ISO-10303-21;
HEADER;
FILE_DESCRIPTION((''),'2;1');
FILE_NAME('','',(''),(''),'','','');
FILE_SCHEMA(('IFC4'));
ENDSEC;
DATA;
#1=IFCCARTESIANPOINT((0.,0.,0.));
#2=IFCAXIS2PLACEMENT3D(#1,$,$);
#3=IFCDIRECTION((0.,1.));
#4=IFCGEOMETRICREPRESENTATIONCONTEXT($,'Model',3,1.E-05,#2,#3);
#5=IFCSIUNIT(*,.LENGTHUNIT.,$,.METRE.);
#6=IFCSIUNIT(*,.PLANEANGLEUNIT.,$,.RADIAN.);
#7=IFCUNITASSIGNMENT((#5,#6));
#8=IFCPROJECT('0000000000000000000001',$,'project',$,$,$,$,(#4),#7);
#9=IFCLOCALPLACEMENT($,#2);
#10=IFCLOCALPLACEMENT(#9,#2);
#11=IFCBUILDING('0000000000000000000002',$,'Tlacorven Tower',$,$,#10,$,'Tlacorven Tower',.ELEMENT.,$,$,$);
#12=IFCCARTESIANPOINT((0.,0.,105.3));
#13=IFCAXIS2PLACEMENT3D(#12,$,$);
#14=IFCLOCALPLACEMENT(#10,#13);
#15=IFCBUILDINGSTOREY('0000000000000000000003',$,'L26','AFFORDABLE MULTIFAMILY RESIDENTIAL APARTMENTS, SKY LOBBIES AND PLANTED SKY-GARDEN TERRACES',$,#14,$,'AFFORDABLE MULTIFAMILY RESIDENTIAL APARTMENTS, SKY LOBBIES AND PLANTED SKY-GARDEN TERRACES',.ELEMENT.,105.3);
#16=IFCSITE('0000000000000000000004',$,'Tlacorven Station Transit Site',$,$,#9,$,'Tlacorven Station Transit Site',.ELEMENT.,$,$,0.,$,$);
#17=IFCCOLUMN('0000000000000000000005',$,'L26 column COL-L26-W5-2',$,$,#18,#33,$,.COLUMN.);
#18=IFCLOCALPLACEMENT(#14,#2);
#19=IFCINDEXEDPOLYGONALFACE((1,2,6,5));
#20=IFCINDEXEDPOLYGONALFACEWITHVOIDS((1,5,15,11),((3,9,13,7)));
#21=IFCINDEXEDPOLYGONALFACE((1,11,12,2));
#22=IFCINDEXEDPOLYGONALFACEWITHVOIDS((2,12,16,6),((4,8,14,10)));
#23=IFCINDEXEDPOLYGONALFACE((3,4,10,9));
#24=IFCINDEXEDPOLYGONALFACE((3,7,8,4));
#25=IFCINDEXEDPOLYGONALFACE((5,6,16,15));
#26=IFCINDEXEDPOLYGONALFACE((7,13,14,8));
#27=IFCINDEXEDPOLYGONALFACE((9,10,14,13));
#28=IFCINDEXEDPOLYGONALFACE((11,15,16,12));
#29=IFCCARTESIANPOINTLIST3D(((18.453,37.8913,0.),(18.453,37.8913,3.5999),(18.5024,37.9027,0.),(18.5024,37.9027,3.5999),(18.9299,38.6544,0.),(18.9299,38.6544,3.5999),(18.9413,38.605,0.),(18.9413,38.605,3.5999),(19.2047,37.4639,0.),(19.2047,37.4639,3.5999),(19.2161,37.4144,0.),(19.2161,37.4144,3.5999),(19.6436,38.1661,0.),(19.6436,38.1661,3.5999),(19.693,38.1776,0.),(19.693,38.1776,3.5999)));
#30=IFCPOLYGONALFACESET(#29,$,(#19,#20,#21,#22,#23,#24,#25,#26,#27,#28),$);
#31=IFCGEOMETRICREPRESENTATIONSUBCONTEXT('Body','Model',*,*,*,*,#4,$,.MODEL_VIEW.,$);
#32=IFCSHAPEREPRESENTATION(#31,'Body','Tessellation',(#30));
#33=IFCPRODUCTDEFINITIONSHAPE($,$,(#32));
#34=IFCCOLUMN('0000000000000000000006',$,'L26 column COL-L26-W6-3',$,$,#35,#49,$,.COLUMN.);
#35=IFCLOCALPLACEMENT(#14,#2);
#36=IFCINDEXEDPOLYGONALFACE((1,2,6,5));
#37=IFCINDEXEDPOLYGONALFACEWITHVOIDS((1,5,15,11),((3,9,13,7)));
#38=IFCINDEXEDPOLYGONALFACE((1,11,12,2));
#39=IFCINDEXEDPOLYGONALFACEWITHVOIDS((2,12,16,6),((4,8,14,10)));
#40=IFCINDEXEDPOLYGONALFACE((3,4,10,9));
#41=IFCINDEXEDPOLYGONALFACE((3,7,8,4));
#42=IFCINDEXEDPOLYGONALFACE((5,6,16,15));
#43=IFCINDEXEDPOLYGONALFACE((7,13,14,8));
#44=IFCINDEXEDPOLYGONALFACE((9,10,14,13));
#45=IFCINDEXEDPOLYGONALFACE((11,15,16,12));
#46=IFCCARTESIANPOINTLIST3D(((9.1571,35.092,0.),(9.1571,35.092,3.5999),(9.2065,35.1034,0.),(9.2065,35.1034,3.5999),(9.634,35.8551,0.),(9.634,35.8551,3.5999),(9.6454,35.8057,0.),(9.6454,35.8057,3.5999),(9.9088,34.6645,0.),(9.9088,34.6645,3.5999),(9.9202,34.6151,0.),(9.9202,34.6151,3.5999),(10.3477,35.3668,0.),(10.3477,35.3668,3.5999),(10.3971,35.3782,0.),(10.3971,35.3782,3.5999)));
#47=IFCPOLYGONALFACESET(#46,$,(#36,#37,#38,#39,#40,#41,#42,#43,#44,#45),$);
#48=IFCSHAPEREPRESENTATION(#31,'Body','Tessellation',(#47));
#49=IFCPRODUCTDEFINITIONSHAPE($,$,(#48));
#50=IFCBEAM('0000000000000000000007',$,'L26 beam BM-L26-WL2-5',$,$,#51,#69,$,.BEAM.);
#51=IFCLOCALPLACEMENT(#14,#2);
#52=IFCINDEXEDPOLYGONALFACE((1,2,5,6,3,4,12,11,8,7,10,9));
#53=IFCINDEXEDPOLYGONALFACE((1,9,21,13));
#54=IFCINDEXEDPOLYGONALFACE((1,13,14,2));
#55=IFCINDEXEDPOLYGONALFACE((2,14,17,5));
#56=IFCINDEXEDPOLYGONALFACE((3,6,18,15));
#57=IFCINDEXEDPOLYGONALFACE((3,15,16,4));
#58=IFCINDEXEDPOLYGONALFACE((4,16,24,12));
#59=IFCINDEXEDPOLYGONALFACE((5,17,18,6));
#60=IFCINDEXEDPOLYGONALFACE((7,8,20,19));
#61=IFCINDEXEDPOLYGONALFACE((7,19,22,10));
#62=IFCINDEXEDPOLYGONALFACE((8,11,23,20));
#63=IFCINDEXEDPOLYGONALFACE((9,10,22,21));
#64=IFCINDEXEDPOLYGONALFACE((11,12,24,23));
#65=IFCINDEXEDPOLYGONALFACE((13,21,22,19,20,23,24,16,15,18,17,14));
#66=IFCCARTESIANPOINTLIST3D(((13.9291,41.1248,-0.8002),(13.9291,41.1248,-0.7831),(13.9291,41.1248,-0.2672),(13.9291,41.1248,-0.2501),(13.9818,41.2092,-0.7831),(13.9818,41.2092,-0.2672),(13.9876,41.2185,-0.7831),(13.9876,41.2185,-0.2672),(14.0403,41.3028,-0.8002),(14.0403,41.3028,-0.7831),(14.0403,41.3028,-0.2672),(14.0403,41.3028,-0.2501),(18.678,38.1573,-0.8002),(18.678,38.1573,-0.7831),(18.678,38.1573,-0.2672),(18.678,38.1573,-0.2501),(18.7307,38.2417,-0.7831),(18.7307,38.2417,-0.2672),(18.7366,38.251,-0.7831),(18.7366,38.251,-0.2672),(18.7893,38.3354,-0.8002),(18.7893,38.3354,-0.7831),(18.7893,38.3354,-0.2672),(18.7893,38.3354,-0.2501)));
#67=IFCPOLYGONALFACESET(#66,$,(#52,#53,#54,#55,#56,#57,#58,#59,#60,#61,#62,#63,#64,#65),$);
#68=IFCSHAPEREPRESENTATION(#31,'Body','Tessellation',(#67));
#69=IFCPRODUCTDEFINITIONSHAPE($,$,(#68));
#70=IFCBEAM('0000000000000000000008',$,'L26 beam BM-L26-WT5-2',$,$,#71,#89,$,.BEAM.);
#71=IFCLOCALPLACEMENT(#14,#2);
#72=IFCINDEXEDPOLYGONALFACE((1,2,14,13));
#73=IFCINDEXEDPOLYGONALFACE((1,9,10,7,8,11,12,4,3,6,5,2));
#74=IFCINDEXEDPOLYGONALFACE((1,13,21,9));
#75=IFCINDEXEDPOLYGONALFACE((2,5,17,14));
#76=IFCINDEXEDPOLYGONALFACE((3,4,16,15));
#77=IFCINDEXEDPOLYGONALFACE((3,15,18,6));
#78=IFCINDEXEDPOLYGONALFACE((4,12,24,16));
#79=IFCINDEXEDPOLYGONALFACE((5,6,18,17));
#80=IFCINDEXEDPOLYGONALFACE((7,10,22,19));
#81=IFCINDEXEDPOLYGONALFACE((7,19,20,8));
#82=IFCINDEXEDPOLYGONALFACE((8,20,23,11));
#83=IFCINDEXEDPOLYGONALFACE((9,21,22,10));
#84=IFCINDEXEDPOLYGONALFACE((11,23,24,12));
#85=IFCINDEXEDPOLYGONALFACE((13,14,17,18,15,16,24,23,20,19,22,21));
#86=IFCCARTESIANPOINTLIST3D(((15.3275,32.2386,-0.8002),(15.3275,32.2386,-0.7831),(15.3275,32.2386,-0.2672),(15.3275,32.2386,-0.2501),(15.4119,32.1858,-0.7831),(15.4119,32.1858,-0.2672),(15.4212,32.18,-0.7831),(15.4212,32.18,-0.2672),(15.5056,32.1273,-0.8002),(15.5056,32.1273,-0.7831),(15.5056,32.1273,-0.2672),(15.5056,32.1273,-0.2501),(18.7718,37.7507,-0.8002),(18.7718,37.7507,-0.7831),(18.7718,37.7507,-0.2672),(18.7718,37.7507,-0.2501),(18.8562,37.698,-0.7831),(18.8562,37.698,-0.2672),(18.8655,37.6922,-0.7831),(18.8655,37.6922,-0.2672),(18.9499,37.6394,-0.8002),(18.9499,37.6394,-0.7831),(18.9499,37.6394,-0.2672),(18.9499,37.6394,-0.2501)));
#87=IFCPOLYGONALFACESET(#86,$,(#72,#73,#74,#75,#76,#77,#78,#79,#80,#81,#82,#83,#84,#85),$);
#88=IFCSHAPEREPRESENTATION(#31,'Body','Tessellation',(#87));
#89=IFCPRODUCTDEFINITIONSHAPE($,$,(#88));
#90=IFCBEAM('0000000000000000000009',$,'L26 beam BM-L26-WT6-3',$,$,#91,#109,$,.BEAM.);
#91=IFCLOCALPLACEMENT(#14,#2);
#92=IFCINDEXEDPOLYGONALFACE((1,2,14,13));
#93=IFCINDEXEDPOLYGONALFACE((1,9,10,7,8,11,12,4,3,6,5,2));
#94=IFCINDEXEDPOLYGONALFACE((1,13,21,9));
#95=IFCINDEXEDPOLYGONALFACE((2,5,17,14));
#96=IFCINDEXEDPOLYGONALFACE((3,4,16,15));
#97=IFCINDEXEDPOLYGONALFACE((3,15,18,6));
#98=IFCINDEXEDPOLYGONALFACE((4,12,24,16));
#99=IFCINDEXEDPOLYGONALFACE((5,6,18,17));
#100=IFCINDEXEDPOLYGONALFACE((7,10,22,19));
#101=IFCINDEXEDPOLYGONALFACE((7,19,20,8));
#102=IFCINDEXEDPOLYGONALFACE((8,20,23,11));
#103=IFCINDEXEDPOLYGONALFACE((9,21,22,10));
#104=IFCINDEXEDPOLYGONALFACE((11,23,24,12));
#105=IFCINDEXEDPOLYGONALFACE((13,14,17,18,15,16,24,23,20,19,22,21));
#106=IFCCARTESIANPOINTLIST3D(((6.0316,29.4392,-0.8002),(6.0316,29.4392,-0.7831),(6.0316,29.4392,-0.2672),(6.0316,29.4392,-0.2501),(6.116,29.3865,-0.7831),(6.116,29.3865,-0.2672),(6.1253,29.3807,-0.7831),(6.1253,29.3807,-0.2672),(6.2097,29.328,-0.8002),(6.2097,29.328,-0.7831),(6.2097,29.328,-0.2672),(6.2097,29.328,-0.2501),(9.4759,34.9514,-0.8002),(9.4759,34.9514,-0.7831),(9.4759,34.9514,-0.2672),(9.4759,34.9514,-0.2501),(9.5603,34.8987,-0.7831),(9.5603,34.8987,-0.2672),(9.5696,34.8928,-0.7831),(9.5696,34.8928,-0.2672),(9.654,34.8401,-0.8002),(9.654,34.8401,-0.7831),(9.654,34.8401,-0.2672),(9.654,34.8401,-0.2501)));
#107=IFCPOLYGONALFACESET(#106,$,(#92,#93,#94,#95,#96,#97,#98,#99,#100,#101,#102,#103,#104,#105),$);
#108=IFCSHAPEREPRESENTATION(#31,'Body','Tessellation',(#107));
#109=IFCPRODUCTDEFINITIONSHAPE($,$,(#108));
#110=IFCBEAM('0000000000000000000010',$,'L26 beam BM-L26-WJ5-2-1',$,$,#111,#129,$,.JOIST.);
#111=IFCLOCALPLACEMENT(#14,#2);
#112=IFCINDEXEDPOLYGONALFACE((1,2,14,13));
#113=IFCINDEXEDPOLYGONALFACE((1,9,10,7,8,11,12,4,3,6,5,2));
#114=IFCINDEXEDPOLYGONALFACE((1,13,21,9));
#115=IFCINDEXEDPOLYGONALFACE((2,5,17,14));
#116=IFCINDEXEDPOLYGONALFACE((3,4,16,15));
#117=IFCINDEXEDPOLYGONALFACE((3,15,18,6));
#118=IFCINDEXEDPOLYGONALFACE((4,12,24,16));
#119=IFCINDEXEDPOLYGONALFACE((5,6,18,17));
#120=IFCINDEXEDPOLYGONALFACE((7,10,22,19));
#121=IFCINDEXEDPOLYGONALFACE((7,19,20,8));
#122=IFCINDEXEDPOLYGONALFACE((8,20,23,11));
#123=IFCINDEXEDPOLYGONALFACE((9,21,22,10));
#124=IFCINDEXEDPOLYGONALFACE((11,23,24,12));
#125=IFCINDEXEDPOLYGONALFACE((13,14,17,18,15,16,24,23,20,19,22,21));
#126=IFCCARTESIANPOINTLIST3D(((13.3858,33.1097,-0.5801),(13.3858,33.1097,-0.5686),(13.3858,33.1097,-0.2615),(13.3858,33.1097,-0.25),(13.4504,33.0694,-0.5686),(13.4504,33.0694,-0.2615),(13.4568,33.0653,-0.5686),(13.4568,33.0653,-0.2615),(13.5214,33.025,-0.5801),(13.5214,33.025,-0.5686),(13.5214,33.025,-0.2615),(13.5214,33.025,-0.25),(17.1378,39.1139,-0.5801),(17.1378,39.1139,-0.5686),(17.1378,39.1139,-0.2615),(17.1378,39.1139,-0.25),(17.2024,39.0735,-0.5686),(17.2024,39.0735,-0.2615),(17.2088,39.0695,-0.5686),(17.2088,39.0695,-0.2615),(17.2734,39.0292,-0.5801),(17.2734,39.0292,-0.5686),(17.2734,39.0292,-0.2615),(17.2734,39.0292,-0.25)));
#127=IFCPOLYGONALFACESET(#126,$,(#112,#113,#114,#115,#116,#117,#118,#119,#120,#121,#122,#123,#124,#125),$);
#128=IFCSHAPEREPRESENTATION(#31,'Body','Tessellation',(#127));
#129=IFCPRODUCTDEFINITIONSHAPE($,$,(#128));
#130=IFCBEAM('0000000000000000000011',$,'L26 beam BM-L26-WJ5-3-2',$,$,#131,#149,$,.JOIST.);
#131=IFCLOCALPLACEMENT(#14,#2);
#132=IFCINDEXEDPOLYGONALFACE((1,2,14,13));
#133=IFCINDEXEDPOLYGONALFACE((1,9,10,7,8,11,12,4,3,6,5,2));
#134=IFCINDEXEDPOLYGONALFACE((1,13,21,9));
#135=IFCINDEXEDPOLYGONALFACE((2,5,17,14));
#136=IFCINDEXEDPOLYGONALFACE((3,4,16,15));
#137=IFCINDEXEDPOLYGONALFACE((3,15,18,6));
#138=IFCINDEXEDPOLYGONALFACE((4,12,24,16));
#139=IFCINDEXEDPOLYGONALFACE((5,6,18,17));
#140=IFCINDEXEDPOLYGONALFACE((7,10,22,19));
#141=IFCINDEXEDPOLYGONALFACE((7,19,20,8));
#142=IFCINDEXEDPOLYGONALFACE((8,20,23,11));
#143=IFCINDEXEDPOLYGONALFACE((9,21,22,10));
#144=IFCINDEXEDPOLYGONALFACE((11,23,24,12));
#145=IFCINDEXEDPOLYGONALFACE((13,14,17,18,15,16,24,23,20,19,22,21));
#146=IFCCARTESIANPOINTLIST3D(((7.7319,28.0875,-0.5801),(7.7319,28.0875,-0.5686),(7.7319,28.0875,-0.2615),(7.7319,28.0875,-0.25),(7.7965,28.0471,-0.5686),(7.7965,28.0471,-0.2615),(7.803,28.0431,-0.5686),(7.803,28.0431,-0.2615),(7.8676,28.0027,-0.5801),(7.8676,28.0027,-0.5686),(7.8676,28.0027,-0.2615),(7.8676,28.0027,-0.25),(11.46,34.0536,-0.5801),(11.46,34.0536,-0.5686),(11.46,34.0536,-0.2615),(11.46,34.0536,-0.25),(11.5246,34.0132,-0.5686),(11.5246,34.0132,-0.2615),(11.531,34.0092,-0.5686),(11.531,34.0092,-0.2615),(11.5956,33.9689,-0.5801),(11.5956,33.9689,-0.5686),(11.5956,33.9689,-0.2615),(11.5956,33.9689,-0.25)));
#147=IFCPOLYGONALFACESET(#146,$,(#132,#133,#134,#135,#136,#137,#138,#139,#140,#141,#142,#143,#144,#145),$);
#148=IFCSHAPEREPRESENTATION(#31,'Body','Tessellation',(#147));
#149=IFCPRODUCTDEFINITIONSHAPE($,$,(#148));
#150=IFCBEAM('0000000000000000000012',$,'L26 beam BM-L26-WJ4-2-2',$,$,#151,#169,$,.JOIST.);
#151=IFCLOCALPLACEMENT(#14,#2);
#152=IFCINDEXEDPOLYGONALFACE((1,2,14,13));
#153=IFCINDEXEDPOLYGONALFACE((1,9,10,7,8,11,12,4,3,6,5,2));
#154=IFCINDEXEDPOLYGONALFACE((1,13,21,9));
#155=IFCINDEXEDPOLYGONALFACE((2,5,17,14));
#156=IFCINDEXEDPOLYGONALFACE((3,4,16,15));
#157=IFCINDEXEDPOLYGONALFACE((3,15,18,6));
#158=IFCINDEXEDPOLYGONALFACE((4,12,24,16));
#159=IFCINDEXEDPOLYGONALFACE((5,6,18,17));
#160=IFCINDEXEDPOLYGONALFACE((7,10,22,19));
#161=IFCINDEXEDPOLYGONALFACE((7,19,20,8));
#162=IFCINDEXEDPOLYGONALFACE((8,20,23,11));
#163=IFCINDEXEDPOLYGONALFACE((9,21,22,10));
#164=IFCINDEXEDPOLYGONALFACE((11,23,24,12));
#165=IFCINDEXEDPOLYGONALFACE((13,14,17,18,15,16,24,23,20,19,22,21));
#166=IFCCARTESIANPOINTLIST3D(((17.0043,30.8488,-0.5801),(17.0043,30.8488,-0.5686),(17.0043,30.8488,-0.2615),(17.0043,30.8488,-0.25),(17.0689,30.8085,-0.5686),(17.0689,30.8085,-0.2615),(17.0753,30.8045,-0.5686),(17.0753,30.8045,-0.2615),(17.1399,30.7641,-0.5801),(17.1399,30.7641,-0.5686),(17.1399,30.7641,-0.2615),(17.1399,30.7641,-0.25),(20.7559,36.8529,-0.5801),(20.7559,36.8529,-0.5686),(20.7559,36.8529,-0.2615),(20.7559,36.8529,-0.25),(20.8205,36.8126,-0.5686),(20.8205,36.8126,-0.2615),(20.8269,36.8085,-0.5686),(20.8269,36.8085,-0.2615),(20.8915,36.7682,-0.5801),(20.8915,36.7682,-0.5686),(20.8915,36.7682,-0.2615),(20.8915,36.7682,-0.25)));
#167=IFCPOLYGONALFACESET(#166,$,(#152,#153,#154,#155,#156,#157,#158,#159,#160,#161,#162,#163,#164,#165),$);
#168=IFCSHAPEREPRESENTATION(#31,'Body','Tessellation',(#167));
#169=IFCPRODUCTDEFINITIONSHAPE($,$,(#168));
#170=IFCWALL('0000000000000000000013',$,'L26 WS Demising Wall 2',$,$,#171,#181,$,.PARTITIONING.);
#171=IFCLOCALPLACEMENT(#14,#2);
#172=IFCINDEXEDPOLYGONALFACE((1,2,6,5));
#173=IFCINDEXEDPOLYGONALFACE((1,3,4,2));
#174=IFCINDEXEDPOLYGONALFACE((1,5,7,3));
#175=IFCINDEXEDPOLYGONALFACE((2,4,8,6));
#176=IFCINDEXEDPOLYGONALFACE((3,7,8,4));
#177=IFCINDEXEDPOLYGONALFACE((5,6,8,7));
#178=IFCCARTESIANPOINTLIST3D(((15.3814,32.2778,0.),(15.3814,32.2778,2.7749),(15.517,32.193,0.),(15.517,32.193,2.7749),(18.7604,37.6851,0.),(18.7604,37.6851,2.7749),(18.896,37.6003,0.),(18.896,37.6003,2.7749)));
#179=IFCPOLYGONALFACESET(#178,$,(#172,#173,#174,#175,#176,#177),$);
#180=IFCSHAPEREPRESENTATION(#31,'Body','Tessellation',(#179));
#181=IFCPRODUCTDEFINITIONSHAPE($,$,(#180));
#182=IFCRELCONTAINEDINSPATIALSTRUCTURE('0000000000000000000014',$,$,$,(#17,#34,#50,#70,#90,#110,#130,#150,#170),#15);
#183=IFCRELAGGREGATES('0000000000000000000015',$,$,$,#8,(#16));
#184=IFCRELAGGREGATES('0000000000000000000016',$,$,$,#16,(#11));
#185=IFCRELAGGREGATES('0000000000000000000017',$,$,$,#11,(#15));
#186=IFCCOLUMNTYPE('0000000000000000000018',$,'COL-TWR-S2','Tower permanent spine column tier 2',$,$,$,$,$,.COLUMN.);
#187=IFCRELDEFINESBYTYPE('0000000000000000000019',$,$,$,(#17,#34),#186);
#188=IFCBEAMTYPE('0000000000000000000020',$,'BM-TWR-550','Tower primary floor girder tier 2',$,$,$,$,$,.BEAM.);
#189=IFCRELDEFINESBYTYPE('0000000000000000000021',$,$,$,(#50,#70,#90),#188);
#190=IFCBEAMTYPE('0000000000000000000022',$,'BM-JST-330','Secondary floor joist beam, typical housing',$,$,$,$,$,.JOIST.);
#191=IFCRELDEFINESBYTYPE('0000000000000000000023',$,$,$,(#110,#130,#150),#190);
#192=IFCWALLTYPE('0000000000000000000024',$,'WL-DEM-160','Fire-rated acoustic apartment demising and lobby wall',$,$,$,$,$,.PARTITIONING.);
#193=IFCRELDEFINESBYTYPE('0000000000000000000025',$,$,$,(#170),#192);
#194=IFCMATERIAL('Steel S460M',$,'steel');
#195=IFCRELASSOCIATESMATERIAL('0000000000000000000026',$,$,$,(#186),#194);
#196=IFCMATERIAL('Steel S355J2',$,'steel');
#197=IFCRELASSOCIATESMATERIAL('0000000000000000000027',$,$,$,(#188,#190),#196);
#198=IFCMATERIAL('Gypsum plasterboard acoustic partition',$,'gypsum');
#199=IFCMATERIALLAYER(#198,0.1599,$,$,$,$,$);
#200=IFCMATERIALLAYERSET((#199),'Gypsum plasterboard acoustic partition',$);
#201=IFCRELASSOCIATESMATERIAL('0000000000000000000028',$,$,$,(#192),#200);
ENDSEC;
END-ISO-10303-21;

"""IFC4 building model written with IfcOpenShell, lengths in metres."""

from ifc_helpers import new_model, si_unit, direction, frame, frame_2d, origin, origin_2d, place, context, subcontext, project, spatial, rectangle, hollow_rectangle, i_section, extrude, source, transform, mapped, material, layer, layer_set, material_profile, profile_set, type_object, element, save


model = new_model("IFC4")

# Units and contexts
model_context = context("Model", 3, precision=1e-05, world=origin(), true_north=direction((0.0, 1.0)))
body_context = subcontext(model_context, "Body", "Model", "MODEL_VIEW")
ifc_project = project(units=[si_unit("LENGTHUNIT", "METRE"), si_unit("PLANEANGLEUNIT", "RADIAN")], contexts=[model_context])

# Site, building, storey
site_placement = place(None, origin())
site = spatial("IfcSite", under=ifc_project, at=site_placement, Name="Tlacorven Station Transit Site", LongName="Tlacorven Station Transit Site", CompositionType="ELEMENT", RefElevation=0.0)
building_placement = place(site_placement, origin())
building = spatial("IfcBuilding", under=site, at=building_placement, Name="Tlacorven Tower", LongName="Tlacorven Tower", CompositionType="ELEMENT")
storey_placement = place(building_placement, frame((0.0, 0.0, 105.3)))
storey = spatial("IfcBuildingStorey", under=building, at=storey_placement, Name="L26", Description="AFFORDABLE MULTIFAMILY RESIDENTIAL APARTMENTS, SKY LOBBIES AND PLANTED SKY-GARDEN TERRACES", LongName="AFFORDABLE MULTIFAMILY RESIDENTIAL APARTMENTS, SKY LOBBIES AND PLANTED SKY-GARDEN TERRACES", CompositionType="ELEMENT", Elevation=105.3)

# Columns
ifc_material_1 = material(Name="Steel S460M", Category="steel")
ifc_material_profile_1 = material_profile(ifc_material_1, hollow_rectangle(XDim=0.8999, YDim=0.8999, WallThickness=0.0359, at=origin_2d()), Name="BOX 900X900X36")
ifc_profile_set_1 = profile_set([ifc_material_profile_1], Name="Steel S460M")
column_type = type_object("IfcColumnType", Name="COL-TWR-S2", Description="Tower permanent spine column tier 2", PredefinedType="COLUMN", material=ifc_profile_set_1)
shared_shape_1 = source(origin(), body_context, "Body", "SweptSolid", [
    extrude(hollow_rectangle(XDim=0.8999, YDim=0.8999, WallThickness=0.0359, at=origin_2d()), origin(), (0.0, 0.0, 1.0), 3.5999),
])
for number, where, z_axis, x_axis, name in (
    (1, (19.073, 38.0344, 0.0), (0.0, 0.0, 1.0), (-0.848048, 0.529919, 0.0), "L26 column COL-L26-W5-2"),
    (2, (9.7771, 35.2351, 0.0), (0.0, 0.0, 1.0), (-0.848048, 0.529919, 0.0), "L26 column COL-L26-W6-3"),
):
    element("IfcColumn", number, at=place(storey_placement, frame(where, z_axis=z_axis, x_axis=x_axis)), inside=storey, type_object=column_type, Name=name, PredefinedType="COLUMN", context=body_context, shape_type="MappedRepresentation", body=[
        mapped(shared_shape_1, transform((0.0, 0.0, 0.0), scale=1.0)),
    ])

# Beams
ifc_material_2 = material(Name="Steel S355J2", Category="steel")
ifc_material_profile_2 = material_profile(ifc_material_2, i_section(OverallWidth=0.21, OverallDepth=0.55, WebThickness=0.011, FlangeThickness=0.0171, at=origin_2d()), Name="IPE 550")
ifc_profile_set_2 = profile_set([ifc_material_profile_2], Name="Steel S355J2")
beam_type_1 = type_object("IfcBeamType", Name="BM-TWR-550", Description="Tower primary floor girder tier 2", PredefinedType="BEAM", material=ifc_profile_set_2)
shared_shape_2 = source(origin(), body_context, "Body", "SweptSolid", [
    extrude(i_section(OverallWidth=0.21, OverallDepth=0.55, WebThickness=0.011, FlangeThickness=0.0171, at=origin_2d()), origin(), (0.0, 0.0, 1.0), 5.5999),
])
beam_1_placement = place(storey_placement, frame((18.7336, 38.2463, -0.5251), z_axis=(-0.848047, 0.529921, 0.0), x_axis=(-0.529921, -0.848047, 0.0)))
element("IfcBeam", 3, at=beam_1_placement, inside=storey, type_object=beam_type_1, Name="L26 beam BM-L26-WL2-5", PredefinedType="BEAM", context=body_context, shape_type="MappedRepresentation", body=[
    mapped(shared_shape_2, transform((0.0, 0.0, 0.0), scale=1.0)),
])
shared_shape_3 = source(origin(), body_context, "Body", "SweptSolid", [
    extrude(i_section(OverallWidth=0.21, OverallDepth=0.55, WebThickness=0.011, FlangeThickness=0.0171, at=origin_2d()), origin(), (0.0, 0.0, 1.0), 6.4998),
])
for number, where, z_axis, x_axis, name in (
    (4, (18.8608, 37.6951, -0.5251), (-0.529911, -0.848053, 0.0), (0.848053, -0.529911, 0.0), "L26 beam BM-L26-WT5-2"),
    (5, (9.5649, 34.8958, -0.5251), (-0.529911, -0.848053, 0.0), (0.848053, -0.529911, 0.0), "L26 beam BM-L26-WT6-3"),
):
    element("IfcBeam", number, at=place(storey_placement, frame(where, z_axis=z_axis, x_axis=x_axis)), inside=storey, type_object=beam_type_1, Name=name, PredefinedType="BEAM", context=body_context, shape_type="MappedRepresentation", body=[
        mapped(shared_shape_3, transform((0.0, 0.0, 0.0), scale=1.0)),
    ])
ifc_material_profile_3 = material_profile(ifc_material_2, i_section(OverallWidth=0.1599, OverallDepth=0.3301, WebThickness=0.0076, FlangeThickness=0.0115, at=origin_2d()), Name="IPE 330")
ifc_profile_set_3 = profile_set([ifc_material_profile_3], Name="Steel S355J2")
beam_type_2 = type_object("IfcBeamType", Name="BM-JST-330", Description="Secondary floor joist beam, typical housing", PredefinedType="JOIST", material=ifc_profile_set_3)
shared_shape_4 = source(origin(), body_context, "Body", "SweptSolid", [
    extrude(i_section(OverallWidth=0.1599, OverallDepth=0.3301, WebThickness=0.0076, FlangeThickness=0.0115, at=origin_2d()), origin(), (0.0, 0.0, 1.0), 7.0801),
])
beam_2_placement = place(storey_placement, frame((17.2056, 39.0715, -0.415), z_axis=(-0.529934, -0.848039, 0.0), x_axis=(0.848039, -0.529934, 0.0)))
element("IfcBeam", 6, at=beam_2_placement, inside=storey, type_object=beam_type_2, Name="L26 beam BM-L26-WJ5-2-1", PredefinedType="JOIST", context=body_context, shape_type="MappedRepresentation", body=[
    mapped(shared_shape_4, transform((0.0, 0.0, 0.0), scale=1.0)),
])
shared_shape_5 = source(origin(), body_context, "Body", "SweptSolid", [
    extrude(i_section(OverallWidth=0.1599, OverallDepth=0.3301, WebThickness=0.0076, FlangeThickness=0.0115, at=origin_2d()), origin(), (0.0, 0.0, 1.0), 7.0352),
])
beam_3_placement = place(storey_placement, frame((11.5278, 34.0112, -0.415), z_axis=(-0.529921, -0.848047, 0.0), x_axis=(0.848047, -0.529921, 0.0)))
element("IfcBeam", 7, at=beam_3_placement, inside=storey, type_object=beam_type_2, Name="L26 beam BM-L26-WJ5-3-2", PredefinedType="JOIST", context=body_context, shape_type="MappedRepresentation", body=[
    mapped(shared_shape_5, transform((0.0, 0.0, 0.0), scale=1.0)),
])
shared_shape_6 = source(origin(), body_context, "Body", "SweptSolid", [
    extrude(i_section(OverallWidth=0.1599, OverallDepth=0.3301, WebThickness=0.0076, FlangeThickness=0.0115, at=origin_2d()), origin(), (0.0, 0.0, 1.0), 7.0798),
])
beam_4_placement = place(storey_placement, frame((20.8237, 36.8105, -0.415), z_axis=(-0.529909, -0.848054, 0.0), x_axis=(0.848054, -0.529909, 0.0)))
element("IfcBeam", 8, at=beam_4_placement, inside=storey, type_object=beam_type_2, Name="L26 beam BM-L26-WJ4-2-2", PredefinedType="JOIST", context=body_context, shape_type="MappedRepresentation", body=[
    mapped(shared_shape_6, transform((0.0, 0.0, 0.0), scale=1.0)),
])

# Wall
ifc_material_3 = material(Name="Gypsum plasterboard acoustic partition", Category="gypsum")
ifc_layer_1 = layer(ifc_material_3, 0.1599)
ifc_layer_set_1 = layer_set([ifc_layer_1], Name="Gypsum plasterboard acoustic partition")
wall_type_1 = type_object("IfcWallType", Name="WL-DEM-160", Description="Fire-rated acoustic apartment demising and lobby wall", PredefinedType="PARTITIONING", material=ifc_layer_set_1)
wall_1_placement = place(storey_placement, frame((18.8281, 37.6426, 0.0), z_axis=(0.0, 0.0, 1.0), x_axis=(-0.52993, -0.848041, 0.0)))
element("IfcWall", 9, at=wall_1_placement, inside=storey, type_object=wall_type_1, Name="L26 WS Demising Wall 2", PredefinedType="PARTITIONING", context=body_context, shape_type="SweptSolid", body=[
    extrude(rectangle(XDim=6.3762, YDim=0.1599, at=frame_2d((3.188, 0.0))), origin(), (0.0, 0.0, 1.0), 2.7749),
])

save(model, "model.ifc")
